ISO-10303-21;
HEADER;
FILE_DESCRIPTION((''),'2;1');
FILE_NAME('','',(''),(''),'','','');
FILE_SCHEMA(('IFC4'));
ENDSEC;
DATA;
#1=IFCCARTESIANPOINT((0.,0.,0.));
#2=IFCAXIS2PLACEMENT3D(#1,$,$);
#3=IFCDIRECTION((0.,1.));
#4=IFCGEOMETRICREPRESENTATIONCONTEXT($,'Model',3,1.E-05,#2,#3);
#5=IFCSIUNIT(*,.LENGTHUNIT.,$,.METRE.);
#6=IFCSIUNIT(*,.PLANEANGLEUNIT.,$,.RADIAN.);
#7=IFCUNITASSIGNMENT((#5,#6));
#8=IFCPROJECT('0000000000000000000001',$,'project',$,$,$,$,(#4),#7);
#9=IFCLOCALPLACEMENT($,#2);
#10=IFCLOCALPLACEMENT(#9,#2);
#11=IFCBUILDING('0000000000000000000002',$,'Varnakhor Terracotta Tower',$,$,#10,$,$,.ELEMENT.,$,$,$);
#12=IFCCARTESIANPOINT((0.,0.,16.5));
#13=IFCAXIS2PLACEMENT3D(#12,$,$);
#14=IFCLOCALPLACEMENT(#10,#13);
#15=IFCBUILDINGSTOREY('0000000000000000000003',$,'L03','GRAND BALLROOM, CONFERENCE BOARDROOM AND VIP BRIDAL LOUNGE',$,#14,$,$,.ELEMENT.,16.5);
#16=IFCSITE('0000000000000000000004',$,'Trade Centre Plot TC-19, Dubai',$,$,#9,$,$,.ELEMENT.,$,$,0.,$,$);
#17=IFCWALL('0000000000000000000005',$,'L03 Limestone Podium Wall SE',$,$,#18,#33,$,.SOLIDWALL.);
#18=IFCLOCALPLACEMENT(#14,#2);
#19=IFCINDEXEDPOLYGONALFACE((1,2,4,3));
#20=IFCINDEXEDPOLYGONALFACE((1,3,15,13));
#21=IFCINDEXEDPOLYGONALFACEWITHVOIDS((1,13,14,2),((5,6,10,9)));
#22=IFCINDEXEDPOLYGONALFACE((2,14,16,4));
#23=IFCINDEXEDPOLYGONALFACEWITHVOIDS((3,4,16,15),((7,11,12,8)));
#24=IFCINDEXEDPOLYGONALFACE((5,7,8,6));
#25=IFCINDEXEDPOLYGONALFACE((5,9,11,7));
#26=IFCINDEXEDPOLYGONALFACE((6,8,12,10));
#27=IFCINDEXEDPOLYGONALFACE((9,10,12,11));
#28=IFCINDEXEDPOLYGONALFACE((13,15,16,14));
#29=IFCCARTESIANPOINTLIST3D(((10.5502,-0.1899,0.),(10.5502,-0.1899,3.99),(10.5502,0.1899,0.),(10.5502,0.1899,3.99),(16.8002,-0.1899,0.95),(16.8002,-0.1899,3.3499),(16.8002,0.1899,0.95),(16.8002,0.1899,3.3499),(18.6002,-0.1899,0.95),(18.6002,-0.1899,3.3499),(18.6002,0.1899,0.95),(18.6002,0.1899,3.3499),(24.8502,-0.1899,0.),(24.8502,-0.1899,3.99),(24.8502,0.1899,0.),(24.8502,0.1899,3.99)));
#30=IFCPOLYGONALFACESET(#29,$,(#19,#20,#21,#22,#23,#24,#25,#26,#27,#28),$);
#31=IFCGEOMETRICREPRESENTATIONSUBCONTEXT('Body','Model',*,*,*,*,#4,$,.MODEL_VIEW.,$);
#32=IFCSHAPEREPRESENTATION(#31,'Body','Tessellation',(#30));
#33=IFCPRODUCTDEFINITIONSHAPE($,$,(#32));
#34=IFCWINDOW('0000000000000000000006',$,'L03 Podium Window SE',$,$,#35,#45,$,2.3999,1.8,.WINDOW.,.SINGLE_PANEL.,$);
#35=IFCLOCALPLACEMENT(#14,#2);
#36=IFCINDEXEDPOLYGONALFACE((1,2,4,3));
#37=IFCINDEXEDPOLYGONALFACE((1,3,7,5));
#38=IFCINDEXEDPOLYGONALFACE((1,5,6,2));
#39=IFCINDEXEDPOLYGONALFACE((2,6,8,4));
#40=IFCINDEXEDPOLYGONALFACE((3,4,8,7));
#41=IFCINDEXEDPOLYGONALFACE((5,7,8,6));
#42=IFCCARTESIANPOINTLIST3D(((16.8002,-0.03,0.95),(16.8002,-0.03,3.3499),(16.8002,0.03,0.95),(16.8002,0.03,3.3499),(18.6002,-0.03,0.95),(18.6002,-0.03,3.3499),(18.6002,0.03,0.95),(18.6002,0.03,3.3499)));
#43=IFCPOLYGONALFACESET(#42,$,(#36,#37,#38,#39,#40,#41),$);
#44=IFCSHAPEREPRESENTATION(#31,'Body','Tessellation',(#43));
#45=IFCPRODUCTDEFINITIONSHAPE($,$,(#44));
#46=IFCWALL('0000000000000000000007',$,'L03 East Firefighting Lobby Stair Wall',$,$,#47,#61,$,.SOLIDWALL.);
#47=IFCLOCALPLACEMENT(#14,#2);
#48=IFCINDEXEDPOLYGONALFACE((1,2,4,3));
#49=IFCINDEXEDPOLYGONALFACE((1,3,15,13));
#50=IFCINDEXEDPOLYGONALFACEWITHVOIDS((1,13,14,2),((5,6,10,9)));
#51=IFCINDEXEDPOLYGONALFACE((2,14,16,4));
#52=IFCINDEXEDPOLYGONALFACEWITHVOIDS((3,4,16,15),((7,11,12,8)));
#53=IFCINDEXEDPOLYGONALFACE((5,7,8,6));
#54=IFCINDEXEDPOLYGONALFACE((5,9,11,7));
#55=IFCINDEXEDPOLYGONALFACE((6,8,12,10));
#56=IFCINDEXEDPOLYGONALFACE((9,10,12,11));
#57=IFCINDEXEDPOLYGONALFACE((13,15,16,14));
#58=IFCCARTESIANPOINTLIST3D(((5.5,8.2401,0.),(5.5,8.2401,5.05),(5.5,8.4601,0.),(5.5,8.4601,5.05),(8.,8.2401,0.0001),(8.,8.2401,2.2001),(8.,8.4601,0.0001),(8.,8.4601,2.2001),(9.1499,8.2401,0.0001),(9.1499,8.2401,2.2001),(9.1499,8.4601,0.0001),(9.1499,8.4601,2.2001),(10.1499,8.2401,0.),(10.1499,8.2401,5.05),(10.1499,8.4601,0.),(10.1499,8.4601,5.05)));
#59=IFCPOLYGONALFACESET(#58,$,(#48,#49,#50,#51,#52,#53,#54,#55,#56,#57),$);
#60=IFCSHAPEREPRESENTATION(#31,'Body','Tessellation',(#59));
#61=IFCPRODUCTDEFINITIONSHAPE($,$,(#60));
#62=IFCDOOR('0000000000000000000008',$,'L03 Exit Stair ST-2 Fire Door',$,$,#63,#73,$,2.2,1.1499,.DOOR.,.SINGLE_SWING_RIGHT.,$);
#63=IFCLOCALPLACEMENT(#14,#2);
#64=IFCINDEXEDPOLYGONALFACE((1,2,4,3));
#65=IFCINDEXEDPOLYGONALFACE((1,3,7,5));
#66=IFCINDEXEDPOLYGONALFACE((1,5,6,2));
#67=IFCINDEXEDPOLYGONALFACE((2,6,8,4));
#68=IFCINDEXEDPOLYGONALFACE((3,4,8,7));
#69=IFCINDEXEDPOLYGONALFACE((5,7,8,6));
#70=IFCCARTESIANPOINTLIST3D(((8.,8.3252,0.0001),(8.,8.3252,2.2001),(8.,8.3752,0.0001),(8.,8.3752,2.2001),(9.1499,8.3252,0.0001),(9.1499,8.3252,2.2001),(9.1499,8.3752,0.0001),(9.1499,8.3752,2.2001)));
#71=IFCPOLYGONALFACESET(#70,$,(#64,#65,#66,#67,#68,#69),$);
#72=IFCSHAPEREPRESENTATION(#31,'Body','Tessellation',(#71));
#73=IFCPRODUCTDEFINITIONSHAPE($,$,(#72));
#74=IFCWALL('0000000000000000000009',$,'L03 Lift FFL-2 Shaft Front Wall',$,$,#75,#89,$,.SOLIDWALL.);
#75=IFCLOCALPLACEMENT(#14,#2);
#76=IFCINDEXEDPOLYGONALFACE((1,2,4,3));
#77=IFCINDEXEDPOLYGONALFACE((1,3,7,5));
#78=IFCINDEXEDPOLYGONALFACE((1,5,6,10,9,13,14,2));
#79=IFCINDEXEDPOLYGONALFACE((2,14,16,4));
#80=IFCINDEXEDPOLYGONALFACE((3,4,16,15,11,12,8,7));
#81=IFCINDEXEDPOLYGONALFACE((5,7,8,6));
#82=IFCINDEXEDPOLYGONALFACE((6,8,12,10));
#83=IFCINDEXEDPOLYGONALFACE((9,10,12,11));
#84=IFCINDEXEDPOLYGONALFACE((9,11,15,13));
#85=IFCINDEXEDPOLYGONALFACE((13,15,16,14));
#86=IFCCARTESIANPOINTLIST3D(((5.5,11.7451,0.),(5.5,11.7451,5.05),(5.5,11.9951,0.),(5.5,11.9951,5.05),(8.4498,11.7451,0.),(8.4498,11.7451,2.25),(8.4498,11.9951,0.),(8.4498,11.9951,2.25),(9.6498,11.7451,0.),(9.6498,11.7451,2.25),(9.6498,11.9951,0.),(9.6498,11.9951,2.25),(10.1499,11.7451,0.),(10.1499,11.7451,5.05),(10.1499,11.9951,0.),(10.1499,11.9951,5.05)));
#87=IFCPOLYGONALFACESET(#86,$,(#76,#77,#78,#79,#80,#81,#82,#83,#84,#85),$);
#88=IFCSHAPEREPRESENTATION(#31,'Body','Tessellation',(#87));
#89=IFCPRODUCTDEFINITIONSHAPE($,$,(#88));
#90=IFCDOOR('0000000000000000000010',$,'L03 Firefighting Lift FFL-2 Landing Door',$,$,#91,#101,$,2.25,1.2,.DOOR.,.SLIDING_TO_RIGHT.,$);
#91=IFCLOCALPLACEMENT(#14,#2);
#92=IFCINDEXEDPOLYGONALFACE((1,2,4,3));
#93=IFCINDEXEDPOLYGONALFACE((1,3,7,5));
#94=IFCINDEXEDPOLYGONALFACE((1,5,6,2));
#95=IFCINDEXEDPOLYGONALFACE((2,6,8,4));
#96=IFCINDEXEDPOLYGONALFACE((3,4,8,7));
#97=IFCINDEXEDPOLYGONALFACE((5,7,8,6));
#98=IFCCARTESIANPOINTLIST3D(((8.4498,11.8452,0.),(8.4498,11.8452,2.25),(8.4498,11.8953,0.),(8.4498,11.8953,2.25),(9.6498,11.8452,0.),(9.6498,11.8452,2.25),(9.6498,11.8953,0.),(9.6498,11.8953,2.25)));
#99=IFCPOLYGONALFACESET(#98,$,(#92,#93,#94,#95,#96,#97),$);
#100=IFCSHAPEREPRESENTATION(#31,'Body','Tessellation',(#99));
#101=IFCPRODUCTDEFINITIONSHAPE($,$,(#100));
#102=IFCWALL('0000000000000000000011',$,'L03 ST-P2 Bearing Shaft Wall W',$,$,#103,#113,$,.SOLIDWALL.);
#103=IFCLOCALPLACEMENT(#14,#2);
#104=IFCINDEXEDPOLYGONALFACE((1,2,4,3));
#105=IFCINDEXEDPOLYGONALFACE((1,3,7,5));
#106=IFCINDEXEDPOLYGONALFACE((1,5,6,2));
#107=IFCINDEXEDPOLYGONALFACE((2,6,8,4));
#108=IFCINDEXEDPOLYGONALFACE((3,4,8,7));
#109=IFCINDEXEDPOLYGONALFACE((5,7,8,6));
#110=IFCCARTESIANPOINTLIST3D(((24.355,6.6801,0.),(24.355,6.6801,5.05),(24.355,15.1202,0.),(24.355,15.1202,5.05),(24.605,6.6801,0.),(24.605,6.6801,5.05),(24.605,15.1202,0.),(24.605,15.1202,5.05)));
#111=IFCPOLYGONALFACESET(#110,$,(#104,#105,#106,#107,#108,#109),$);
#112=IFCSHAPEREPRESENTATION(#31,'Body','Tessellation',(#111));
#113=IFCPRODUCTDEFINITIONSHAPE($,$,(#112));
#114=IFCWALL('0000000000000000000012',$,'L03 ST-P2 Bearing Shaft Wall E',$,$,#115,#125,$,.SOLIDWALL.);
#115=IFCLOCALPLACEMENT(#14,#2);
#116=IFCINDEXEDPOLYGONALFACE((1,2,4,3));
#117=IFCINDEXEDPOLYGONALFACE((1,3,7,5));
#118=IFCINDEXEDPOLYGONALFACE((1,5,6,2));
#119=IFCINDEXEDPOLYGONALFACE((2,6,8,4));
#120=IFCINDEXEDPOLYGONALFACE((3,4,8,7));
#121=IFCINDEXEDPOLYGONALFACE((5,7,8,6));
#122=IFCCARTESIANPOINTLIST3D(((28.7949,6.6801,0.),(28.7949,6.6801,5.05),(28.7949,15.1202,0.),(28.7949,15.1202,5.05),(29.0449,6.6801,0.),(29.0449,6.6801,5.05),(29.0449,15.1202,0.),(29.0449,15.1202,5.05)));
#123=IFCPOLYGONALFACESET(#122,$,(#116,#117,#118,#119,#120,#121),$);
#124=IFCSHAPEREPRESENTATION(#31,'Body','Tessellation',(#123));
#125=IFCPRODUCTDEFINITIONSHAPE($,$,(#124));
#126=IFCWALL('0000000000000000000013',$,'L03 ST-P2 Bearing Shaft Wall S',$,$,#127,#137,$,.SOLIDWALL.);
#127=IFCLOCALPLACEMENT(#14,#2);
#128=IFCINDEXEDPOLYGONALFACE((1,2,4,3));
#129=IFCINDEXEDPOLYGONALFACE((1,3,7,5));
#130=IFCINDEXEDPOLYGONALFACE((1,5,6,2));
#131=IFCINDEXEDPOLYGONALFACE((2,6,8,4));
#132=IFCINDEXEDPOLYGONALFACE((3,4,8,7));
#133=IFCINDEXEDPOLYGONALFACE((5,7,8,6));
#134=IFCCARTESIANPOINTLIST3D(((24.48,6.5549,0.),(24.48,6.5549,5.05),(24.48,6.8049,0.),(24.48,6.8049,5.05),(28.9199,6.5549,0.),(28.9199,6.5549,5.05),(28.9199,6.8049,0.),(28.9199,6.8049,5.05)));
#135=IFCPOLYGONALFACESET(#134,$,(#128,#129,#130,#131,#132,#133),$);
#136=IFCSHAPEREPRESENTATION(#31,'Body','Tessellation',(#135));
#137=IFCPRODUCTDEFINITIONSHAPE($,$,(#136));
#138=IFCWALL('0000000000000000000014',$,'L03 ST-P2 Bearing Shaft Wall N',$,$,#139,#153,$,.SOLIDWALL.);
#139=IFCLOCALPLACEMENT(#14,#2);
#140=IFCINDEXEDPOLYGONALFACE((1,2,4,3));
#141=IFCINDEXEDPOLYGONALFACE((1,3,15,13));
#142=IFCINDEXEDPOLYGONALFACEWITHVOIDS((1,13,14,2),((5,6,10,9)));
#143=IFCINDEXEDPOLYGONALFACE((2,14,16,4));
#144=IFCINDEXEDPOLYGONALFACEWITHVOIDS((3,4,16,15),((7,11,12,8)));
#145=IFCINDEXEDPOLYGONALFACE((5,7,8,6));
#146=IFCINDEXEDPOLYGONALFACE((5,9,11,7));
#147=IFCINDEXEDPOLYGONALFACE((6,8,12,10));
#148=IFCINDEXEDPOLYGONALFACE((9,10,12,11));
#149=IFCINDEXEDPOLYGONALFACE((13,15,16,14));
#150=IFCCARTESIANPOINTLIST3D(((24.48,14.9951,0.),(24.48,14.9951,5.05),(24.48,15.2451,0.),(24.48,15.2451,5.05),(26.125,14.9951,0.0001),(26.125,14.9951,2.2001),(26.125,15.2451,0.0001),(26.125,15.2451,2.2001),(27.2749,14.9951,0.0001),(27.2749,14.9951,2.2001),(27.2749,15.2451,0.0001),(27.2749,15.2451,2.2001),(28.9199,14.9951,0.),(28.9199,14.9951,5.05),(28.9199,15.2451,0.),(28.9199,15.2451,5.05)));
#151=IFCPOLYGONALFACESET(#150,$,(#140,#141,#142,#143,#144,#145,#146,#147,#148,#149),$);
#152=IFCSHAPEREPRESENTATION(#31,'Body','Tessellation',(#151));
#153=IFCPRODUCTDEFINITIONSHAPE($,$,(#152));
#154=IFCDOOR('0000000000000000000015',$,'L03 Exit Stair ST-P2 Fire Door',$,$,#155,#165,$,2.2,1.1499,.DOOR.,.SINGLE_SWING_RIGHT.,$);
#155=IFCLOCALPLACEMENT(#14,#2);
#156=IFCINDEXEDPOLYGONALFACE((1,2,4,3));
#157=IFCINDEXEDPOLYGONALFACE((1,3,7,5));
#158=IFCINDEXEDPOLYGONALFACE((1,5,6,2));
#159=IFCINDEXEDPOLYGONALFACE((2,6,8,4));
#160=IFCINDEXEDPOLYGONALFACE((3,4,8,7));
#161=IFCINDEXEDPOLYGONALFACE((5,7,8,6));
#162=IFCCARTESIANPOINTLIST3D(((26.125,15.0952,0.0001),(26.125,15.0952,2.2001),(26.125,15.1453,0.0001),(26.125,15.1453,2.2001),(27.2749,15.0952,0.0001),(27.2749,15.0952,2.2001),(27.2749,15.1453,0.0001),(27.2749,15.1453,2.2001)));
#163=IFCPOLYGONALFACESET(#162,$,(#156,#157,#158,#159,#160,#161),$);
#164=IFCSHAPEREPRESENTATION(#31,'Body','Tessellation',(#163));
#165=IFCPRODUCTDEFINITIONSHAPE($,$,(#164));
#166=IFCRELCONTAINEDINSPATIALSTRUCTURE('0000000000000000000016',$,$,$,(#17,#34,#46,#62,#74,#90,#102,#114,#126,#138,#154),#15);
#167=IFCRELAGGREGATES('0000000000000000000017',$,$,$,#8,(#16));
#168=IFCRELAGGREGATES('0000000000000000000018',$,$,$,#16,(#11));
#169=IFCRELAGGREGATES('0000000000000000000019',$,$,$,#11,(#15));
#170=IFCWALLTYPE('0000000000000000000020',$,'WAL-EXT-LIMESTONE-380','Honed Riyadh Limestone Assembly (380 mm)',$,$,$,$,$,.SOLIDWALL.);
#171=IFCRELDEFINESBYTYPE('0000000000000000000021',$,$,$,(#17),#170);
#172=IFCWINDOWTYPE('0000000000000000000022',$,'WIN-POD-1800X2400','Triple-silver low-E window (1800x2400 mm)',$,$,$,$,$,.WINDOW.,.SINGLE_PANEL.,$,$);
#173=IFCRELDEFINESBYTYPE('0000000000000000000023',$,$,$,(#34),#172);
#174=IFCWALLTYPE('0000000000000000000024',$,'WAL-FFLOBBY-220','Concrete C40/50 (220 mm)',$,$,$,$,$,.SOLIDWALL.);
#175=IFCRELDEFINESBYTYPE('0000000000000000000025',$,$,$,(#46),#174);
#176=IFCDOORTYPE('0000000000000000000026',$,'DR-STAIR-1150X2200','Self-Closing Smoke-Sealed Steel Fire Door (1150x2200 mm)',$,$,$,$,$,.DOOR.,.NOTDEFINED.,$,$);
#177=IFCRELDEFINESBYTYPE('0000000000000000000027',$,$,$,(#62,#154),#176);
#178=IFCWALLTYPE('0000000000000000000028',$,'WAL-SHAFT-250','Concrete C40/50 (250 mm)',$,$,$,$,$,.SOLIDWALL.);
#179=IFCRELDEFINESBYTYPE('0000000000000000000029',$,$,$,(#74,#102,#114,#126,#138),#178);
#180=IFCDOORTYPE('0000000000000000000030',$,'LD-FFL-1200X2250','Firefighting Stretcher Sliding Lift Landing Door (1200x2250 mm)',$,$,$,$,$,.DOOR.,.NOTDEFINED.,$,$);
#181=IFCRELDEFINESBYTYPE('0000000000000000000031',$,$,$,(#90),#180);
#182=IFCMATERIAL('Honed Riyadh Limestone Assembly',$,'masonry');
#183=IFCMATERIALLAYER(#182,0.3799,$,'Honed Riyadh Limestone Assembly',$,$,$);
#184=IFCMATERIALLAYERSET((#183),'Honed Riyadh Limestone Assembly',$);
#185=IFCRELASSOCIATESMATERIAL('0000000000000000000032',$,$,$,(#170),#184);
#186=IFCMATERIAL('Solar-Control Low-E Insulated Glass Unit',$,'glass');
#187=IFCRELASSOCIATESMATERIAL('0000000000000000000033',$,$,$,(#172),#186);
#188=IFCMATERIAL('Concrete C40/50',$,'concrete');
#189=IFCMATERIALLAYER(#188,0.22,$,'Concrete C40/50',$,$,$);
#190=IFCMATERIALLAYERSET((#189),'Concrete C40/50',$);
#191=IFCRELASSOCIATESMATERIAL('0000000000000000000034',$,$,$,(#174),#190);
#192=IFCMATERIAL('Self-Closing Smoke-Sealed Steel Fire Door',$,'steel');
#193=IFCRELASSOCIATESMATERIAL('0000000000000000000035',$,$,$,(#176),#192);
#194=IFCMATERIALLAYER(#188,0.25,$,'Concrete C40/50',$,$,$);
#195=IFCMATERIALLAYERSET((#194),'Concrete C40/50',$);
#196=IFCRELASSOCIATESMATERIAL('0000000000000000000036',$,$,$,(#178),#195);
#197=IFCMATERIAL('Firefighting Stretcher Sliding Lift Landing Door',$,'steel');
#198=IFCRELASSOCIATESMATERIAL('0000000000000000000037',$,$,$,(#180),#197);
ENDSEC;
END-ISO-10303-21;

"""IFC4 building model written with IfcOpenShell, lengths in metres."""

from ifc_helpers import new_model, si_unit, direction, frame, frame_2d, origin, place, context, subcontext, project, spatial, rectangle, extrude, source, transform, mapped, material, layer, layer_set, type_object, type_shapes, element, fill, save


model = new_model("IFC4")

# Units and contexts
model_context = context("Model", 3, precision=1e-05, world=origin(), true_north=direction((0.0, 1.0)))
body_context = subcontext(model_context, "Body", "Model", "MODEL_VIEW")
ifc_project = project(units=[si_unit("LENGTHUNIT", "METRE"), si_unit("PLANEANGLEUNIT", "RADIAN")], contexts=[model_context])

# Site, building, storey
site_placement = place(None, origin())
site = spatial("IfcSite", under=ifc_project, at=site_placement, Name="Trade Centre Plot TC-19, Dubai", CompositionType="ELEMENT", RefElevation=0.0)
building_placement = place(site_placement, origin())
building = spatial("IfcBuilding", under=site, at=building_placement, Name="Varnakhor Terracotta Tower", CompositionType="ELEMENT")
storey_placement = place(building_placement, frame((0.0, 0.0, 16.5)))
storey = spatial("IfcBuildingStorey", under=building, at=storey_placement, Name="L03", Description="GRAND BALLROOM, CONFERENCE BOARDROOM AND VIP BRIDAL LOUNGE", CompositionType="ELEMENT", Elevation=16.5)

# Shared definitions
ifc_material_1 = material(Name="Honed Riyadh Limestone Assembly", Category="masonry")
ifc_layer_1 = layer(ifc_material_1, 0.3799, Name="Honed Riyadh Limestone Assembly")
ifc_layer_set_1 = layer_set([ifc_layer_1], Name="Honed Riyadh Limestone Assembly")
wall_type_1 = type_object("IfcWallType", Name="WAL-EXT-LIMESTONE-380", Description="Honed Riyadh Limestone Assembly (380 mm)", PredefinedType="SOLIDWALL", material=ifc_layer_set_1)

# Wall, opening, window
wall_1_placement = place(storey_placement, frame((24.8501, 0.0, 0.0), z_axis=(0.0, 0.0, 1.0), x_axis=(-1.0, 0.0, 0.0)))
wall_1 = element("IfcWall", 1, at=wall_1_placement, inside=storey, type_object=wall_type_1, Name="L03 Limestone Podium Wall SE", PredefinedType="SOLIDWALL", context=body_context, shape_type="SweptSolid", body=[
    extrude(rectangle(XDim=14.3, YDim=0.3799, at=frame_2d((7.1499, 0.0))), origin(), (0.0, 0.0, 1.0), 3.99),
])
opening_1_placement = place(wall_1_placement, frame((6.25, 0.0, 0.95)))
opening_1 = element("IfcOpeningElement", 2, at=opening_1_placement, cuts=wall_1, PredefinedType="OPENING", context=body_context, shape_type="SweptSolid", body=[
    extrude(rectangle(XDim=1.8, YDim=2.3999, at=frame_2d((0.8999, 1.2))), frame((0.0, 0.2, 0.0), z_axis=(0.0, -1.0, 0.0), x_axis=(1.0, 0.0, 0.0)), (0.0, 0.0, 1.0), 0.3999),
])
ifc_material_2 = material(Name="Solar-Control Low-E Insulated Glass Unit", Category="glass")
window_type = type_object("IfcWindowType", Name="WIN-POD-1800X2400", Description="Triple-silver low-E window (1800x2400 mm)", PartitioningType="SINGLE_PANEL", PredefinedType="WINDOW", material=ifc_material_2)
shared_shape_1 = source(origin(), body_context, "Body", "SweptSolid", [
    extrude(rectangle(XDim=1.8, YDim=2.3999, at=frame_2d((0.8999, 1.2))), frame((0.0, 0.03, 0.0), z_axis=(0.0, -1.0, 0.0), x_axis=(1.0, 0.0, 0.0)), (0.0, 0.0, 1.0), 0.0601),
])
type_shapes(window_type, [shared_shape_1])
window_placement = place(opening_1_placement, origin())
window = element("IfcWindow", 3, at=window_placement, inside=storey, type_object=window_type, Name="L03 Podium Window SE", OverallHeight=2.3999, OverallWidth=1.8, PartitioningType="SINGLE_PANEL", PredefinedType="WINDOW", context=body_context, shape_type="MappedRepresentation", body=[
    mapped(shared_shape_1, transform((0.0, 0.0, 0.0), scale=1.0)),
])
fill(opening_1, window)

# Walls, openings, doors
ifc_material_3 = material(Name="Concrete C40/50", Category="concrete")
ifc_layer_2 = layer(ifc_material_3, 0.22, Name="Concrete C40/50")
ifc_layer_set_2 = layer_set([ifc_layer_2], Name="Concrete C40/50")
wall_type_2 = type_object("IfcWallType", Name="WAL-FFLOBBY-220", Description="Concrete C40/50 (220 mm)", PredefinedType="SOLIDWALL", material=ifc_layer_set_2)
wall_2_placement = place(storey_placement, frame((10.1499, 8.3501, 0.0), z_axis=(0.0, 0.0, 1.0), x_axis=(-1.0, 0.0, 0.0)))
wall_2 = element("IfcWall", 4, at=wall_2_placement, inside=storey, type_object=wall_type_2, Name="L03 East Firefighting Lobby Stair Wall", PredefinedType="SOLIDWALL", context=body_context, shape_type="SweptSolid", body=[
    extrude(rectangle(XDim=4.6499, YDim=0.22, at=frame_2d((2.325, 0.0))), origin(), (0.0, 0.0, 1.0), 5.05),
])
opening_2_placement = place(wall_2_placement, frame((1.0, 0.0, 0.0)))
opening_2 = element("IfcOpeningElement", 5, at=opening_2_placement, cuts=wall_2, PredefinedType="OPENING", context=body_context, shape_type="SweptSolid", body=[
    extrude(rectangle(XDim=1.1499, YDim=2.2, at=frame_2d((0.575, 1.1001))), frame((0.0, 0.1201, 0.0), z_axis=(0.0, -1.0, 0.0), x_axis=(1.0, 0.0, 0.0)), (0.0, 0.0, 1.0), 0.24),
])
ifc_material_4 = material(Name="Self-Closing Smoke-Sealed Steel Fire Door", Category="steel")
door_type_1 = type_object("IfcDoorType", Name="DR-STAIR-1150X2200", Description="Self-Closing Smoke-Sealed Steel Fire Door (1150x2200 mm)", OperationType="NOTDEFINED", PredefinedType="DOOR", material=ifc_material_4)
shared_shape_2 = source(origin(), body_context, "Body", "SweptSolid", [
    extrude(rectangle(XDim=1.1499, YDim=2.2, at=frame_2d((0.575, 1.1001))), frame((0.0, 0.0249, 0.0), z_axis=(0.0, -1.0, 0.0), x_axis=(1.0, 0.0, 0.0)), (0.0, 0.0, 1.0), 0.05),
])
type_shapes(door_type_1, [shared_shape_2])
door_1_placement = place(opening_2_placement, origin())
door_1 = element("IfcDoor", 6, at=door_1_placement, inside=storey, type_object=door_type_1, Name="L03 Exit Stair ST-2 Fire Door", OperationType="SINGLE_SWING_RIGHT", OverallHeight=2.2, OverallWidth=1.1499, PredefinedType="DOOR", context=body_context, shape_type="MappedRepresentation", body=[
    mapped(shared_shape_2, transform((0.0, 0.0, 0.0), scale=1.0)),
])
fill(opening_2, door_1)
ifc_layer_3 = layer(ifc_material_3, 0.25, Name="Concrete C40/50")
ifc_layer_set_3 = layer_set([ifc_layer_3], Name="Concrete C40/50")
wall_type_3 = type_object("IfcWallType", Name="WAL-SHAFT-250", Description="Concrete C40/50 (250 mm)", PredefinedType="SOLIDWALL", material=ifc_layer_set_3)
wall_3_placement = place(storey_placement, frame((10.1499, 11.8701, 0.0), z_axis=(0.0, 0.0, 1.0), x_axis=(-1.0, 0.0, 0.0)))
wall_3 = element("IfcWall", 7, at=wall_3_placement, inside=storey, type_object=wall_type_3, Name="L03 Lift FFL-2 Shaft Front Wall", PredefinedType="SOLIDWALL", context=body_context, shape_type="SweptSolid", body=[
    extrude(rectangle(XDim=4.6499, YDim=0.25, at=frame_2d((2.325, 0.0))), origin(), (0.0, 0.0, 1.0), 5.05),
])
opening_3_placement = place(wall_3_placement, frame((0.5, 0.0, 0.0)))
opening_3 = element("IfcOpeningElement", 8, at=opening_3_placement, cuts=wall_3, PredefinedType="OPENING", context=body_context, shape_type="SweptSolid", body=[
    extrude(rectangle(XDim=1.2, YDim=2.25, at=frame_2d((0.6001, 1.125))), frame((0.0, 0.135, 0.0), z_axis=(0.0, -1.0, 0.0), x_axis=(1.0, 0.0, 0.0)), (0.0, 0.0, 1.0), 0.27),
])
ifc_material_5 = material(Name="Firefighting Stretcher Sliding Lift Landing Door", Category="steel")
door_type_2 = type_object("IfcDoorType", Name="LD-FFL-1200X2250", Description="Firefighting Stretcher Sliding Lift Landing Door (1200x2250 mm)", OperationType="NOTDEFINED", PredefinedType="DOOR", material=ifc_material_5)
shared_shape_3 = source(origin(), body_context, "Body", "SweptSolid", [
    extrude(rectangle(XDim=1.2, YDim=2.25, at=frame_2d((0.6001, 1.125))), frame((0.0, 0.0249, 0.0), z_axis=(0.0, -1.0, 0.0), x_axis=(1.0, 0.0, 0.0)), (0.0, 0.0, 1.0), 0.05),
])
type_shapes(door_type_2, [shared_shape_3])
door_2_placement = place(opening_3_placement, origin())
door_2 = element("IfcDoor", 9, at=door_2_placement, inside=storey, type_object=door_type_2, Name="L03 Firefighting Lift FFL-2 Landing Door", OperationType="SLIDING_TO_RIGHT", OverallHeight=2.25, OverallWidth=1.2, PredefinedType="DOOR", context=body_context, shape_type="MappedRepresentation", body=[
    mapped(shared_shape_3, transform((0.0, 0.0, 0.0), scale=1.0)),
])
fill(opening_3, door_2)

# Walls
for number, where, z_axis, x_axis, name in (
    (10, (24.48, 6.6799, 0.0), (0.0, 0.0, 1.0), (0.0, 1.0, 0.0), "L03 ST-P2 Bearing Shaft Wall W"),
    (11, (28.9199, 6.6799, 0.0), (0.0, 0.0, 1.0), (0.0, 1.0, 0.0), "L03 ST-P2 Bearing Shaft Wall E"),
):
    element("IfcWall", number, at=place(storey_placement, frame(where, z_axis=z_axis, x_axis=x_axis)), inside=storey, type_object=wall_type_3, Name=name, PredefinedType="SOLIDWALL", context=body_context, shape_type="SweptSolid", body=[
        extrude(rectangle(XDim=8.4402, YDim=0.25, at=frame_2d((4.2202, 0.0))), origin(), (0.0, 0.0, 1.0), 5.05),
    ])
wall_4_placement = place(storey_placement, frame((24.48, 6.6799, 0.0), z_axis=(0.0, 0.0, 1.0), x_axis=(1.0, 0.0, 0.0)))
element("IfcWall", 12, at=wall_4_placement, inside=storey, type_object=wall_type_3, Name="L03 ST-P2 Bearing Shaft Wall S", PredefinedType="SOLIDWALL", context=body_context, shape_type="SweptSolid", body=[
    extrude(rectangle(XDim=4.4399, YDim=0.25, at=frame_2d((2.22, 0.0))), origin(), (0.0, 0.0, 1.0), 5.05),
])

# Wall, opening, door
wall_5_placement = place(storey_placement, frame((28.9199, 15.1201, 0.0), z_axis=(0.0, 0.0, 1.0), x_axis=(-1.0, 0.0, 0.0)))
wall_5 = element("IfcWall", 13, at=wall_5_placement, inside=storey, type_object=wall_type_3, Name="L03 ST-P2 Bearing Shaft Wall N", PredefinedType="SOLIDWALL", context=body_context, shape_type="SweptSolid", body=[
    extrude(rectangle(XDim=4.4399, YDim=0.25, at=frame_2d((2.22, 0.0))), origin(), (0.0, 0.0, 1.0), 5.05),
])
opening_4_placement = place(wall_5_placement, frame((1.645, 0.0, 0.0)))
opening_4 = element("IfcOpeningElement", 14, at=opening_4_placement, cuts=wall_5, PredefinedType="OPENING", context=body_context, shape_type="SweptSolid", body=[
    extrude(rectangle(XDim=1.1499, YDim=2.2, at=frame_2d((0.575, 1.1001))), frame((0.0, 0.135, 0.0), z_axis=(0.0, -1.0, 0.0), x_axis=(1.0, 0.0, 0.0)), (0.0, 0.0, 1.0), 0.27),
])
door_3_placement = place(opening_4_placement, origin())
door_3 = element("IfcDoor", 15, at=door_3_placement, inside=storey, type_object=door_type_1, Name="L03 Exit Stair ST-P2 Fire Door", OperationType="SINGLE_SWING_RIGHT", OverallHeight=2.2, OverallWidth=1.1499, PredefinedType="DOOR", context=body_context, shape_type="MappedRepresentation", body=[
    mapped(shared_shape_2, transform((0.0, 0.0, 0.0), scale=1.0)),
])
fill(opening_4, door_3)

save(model, "model.ifc")
